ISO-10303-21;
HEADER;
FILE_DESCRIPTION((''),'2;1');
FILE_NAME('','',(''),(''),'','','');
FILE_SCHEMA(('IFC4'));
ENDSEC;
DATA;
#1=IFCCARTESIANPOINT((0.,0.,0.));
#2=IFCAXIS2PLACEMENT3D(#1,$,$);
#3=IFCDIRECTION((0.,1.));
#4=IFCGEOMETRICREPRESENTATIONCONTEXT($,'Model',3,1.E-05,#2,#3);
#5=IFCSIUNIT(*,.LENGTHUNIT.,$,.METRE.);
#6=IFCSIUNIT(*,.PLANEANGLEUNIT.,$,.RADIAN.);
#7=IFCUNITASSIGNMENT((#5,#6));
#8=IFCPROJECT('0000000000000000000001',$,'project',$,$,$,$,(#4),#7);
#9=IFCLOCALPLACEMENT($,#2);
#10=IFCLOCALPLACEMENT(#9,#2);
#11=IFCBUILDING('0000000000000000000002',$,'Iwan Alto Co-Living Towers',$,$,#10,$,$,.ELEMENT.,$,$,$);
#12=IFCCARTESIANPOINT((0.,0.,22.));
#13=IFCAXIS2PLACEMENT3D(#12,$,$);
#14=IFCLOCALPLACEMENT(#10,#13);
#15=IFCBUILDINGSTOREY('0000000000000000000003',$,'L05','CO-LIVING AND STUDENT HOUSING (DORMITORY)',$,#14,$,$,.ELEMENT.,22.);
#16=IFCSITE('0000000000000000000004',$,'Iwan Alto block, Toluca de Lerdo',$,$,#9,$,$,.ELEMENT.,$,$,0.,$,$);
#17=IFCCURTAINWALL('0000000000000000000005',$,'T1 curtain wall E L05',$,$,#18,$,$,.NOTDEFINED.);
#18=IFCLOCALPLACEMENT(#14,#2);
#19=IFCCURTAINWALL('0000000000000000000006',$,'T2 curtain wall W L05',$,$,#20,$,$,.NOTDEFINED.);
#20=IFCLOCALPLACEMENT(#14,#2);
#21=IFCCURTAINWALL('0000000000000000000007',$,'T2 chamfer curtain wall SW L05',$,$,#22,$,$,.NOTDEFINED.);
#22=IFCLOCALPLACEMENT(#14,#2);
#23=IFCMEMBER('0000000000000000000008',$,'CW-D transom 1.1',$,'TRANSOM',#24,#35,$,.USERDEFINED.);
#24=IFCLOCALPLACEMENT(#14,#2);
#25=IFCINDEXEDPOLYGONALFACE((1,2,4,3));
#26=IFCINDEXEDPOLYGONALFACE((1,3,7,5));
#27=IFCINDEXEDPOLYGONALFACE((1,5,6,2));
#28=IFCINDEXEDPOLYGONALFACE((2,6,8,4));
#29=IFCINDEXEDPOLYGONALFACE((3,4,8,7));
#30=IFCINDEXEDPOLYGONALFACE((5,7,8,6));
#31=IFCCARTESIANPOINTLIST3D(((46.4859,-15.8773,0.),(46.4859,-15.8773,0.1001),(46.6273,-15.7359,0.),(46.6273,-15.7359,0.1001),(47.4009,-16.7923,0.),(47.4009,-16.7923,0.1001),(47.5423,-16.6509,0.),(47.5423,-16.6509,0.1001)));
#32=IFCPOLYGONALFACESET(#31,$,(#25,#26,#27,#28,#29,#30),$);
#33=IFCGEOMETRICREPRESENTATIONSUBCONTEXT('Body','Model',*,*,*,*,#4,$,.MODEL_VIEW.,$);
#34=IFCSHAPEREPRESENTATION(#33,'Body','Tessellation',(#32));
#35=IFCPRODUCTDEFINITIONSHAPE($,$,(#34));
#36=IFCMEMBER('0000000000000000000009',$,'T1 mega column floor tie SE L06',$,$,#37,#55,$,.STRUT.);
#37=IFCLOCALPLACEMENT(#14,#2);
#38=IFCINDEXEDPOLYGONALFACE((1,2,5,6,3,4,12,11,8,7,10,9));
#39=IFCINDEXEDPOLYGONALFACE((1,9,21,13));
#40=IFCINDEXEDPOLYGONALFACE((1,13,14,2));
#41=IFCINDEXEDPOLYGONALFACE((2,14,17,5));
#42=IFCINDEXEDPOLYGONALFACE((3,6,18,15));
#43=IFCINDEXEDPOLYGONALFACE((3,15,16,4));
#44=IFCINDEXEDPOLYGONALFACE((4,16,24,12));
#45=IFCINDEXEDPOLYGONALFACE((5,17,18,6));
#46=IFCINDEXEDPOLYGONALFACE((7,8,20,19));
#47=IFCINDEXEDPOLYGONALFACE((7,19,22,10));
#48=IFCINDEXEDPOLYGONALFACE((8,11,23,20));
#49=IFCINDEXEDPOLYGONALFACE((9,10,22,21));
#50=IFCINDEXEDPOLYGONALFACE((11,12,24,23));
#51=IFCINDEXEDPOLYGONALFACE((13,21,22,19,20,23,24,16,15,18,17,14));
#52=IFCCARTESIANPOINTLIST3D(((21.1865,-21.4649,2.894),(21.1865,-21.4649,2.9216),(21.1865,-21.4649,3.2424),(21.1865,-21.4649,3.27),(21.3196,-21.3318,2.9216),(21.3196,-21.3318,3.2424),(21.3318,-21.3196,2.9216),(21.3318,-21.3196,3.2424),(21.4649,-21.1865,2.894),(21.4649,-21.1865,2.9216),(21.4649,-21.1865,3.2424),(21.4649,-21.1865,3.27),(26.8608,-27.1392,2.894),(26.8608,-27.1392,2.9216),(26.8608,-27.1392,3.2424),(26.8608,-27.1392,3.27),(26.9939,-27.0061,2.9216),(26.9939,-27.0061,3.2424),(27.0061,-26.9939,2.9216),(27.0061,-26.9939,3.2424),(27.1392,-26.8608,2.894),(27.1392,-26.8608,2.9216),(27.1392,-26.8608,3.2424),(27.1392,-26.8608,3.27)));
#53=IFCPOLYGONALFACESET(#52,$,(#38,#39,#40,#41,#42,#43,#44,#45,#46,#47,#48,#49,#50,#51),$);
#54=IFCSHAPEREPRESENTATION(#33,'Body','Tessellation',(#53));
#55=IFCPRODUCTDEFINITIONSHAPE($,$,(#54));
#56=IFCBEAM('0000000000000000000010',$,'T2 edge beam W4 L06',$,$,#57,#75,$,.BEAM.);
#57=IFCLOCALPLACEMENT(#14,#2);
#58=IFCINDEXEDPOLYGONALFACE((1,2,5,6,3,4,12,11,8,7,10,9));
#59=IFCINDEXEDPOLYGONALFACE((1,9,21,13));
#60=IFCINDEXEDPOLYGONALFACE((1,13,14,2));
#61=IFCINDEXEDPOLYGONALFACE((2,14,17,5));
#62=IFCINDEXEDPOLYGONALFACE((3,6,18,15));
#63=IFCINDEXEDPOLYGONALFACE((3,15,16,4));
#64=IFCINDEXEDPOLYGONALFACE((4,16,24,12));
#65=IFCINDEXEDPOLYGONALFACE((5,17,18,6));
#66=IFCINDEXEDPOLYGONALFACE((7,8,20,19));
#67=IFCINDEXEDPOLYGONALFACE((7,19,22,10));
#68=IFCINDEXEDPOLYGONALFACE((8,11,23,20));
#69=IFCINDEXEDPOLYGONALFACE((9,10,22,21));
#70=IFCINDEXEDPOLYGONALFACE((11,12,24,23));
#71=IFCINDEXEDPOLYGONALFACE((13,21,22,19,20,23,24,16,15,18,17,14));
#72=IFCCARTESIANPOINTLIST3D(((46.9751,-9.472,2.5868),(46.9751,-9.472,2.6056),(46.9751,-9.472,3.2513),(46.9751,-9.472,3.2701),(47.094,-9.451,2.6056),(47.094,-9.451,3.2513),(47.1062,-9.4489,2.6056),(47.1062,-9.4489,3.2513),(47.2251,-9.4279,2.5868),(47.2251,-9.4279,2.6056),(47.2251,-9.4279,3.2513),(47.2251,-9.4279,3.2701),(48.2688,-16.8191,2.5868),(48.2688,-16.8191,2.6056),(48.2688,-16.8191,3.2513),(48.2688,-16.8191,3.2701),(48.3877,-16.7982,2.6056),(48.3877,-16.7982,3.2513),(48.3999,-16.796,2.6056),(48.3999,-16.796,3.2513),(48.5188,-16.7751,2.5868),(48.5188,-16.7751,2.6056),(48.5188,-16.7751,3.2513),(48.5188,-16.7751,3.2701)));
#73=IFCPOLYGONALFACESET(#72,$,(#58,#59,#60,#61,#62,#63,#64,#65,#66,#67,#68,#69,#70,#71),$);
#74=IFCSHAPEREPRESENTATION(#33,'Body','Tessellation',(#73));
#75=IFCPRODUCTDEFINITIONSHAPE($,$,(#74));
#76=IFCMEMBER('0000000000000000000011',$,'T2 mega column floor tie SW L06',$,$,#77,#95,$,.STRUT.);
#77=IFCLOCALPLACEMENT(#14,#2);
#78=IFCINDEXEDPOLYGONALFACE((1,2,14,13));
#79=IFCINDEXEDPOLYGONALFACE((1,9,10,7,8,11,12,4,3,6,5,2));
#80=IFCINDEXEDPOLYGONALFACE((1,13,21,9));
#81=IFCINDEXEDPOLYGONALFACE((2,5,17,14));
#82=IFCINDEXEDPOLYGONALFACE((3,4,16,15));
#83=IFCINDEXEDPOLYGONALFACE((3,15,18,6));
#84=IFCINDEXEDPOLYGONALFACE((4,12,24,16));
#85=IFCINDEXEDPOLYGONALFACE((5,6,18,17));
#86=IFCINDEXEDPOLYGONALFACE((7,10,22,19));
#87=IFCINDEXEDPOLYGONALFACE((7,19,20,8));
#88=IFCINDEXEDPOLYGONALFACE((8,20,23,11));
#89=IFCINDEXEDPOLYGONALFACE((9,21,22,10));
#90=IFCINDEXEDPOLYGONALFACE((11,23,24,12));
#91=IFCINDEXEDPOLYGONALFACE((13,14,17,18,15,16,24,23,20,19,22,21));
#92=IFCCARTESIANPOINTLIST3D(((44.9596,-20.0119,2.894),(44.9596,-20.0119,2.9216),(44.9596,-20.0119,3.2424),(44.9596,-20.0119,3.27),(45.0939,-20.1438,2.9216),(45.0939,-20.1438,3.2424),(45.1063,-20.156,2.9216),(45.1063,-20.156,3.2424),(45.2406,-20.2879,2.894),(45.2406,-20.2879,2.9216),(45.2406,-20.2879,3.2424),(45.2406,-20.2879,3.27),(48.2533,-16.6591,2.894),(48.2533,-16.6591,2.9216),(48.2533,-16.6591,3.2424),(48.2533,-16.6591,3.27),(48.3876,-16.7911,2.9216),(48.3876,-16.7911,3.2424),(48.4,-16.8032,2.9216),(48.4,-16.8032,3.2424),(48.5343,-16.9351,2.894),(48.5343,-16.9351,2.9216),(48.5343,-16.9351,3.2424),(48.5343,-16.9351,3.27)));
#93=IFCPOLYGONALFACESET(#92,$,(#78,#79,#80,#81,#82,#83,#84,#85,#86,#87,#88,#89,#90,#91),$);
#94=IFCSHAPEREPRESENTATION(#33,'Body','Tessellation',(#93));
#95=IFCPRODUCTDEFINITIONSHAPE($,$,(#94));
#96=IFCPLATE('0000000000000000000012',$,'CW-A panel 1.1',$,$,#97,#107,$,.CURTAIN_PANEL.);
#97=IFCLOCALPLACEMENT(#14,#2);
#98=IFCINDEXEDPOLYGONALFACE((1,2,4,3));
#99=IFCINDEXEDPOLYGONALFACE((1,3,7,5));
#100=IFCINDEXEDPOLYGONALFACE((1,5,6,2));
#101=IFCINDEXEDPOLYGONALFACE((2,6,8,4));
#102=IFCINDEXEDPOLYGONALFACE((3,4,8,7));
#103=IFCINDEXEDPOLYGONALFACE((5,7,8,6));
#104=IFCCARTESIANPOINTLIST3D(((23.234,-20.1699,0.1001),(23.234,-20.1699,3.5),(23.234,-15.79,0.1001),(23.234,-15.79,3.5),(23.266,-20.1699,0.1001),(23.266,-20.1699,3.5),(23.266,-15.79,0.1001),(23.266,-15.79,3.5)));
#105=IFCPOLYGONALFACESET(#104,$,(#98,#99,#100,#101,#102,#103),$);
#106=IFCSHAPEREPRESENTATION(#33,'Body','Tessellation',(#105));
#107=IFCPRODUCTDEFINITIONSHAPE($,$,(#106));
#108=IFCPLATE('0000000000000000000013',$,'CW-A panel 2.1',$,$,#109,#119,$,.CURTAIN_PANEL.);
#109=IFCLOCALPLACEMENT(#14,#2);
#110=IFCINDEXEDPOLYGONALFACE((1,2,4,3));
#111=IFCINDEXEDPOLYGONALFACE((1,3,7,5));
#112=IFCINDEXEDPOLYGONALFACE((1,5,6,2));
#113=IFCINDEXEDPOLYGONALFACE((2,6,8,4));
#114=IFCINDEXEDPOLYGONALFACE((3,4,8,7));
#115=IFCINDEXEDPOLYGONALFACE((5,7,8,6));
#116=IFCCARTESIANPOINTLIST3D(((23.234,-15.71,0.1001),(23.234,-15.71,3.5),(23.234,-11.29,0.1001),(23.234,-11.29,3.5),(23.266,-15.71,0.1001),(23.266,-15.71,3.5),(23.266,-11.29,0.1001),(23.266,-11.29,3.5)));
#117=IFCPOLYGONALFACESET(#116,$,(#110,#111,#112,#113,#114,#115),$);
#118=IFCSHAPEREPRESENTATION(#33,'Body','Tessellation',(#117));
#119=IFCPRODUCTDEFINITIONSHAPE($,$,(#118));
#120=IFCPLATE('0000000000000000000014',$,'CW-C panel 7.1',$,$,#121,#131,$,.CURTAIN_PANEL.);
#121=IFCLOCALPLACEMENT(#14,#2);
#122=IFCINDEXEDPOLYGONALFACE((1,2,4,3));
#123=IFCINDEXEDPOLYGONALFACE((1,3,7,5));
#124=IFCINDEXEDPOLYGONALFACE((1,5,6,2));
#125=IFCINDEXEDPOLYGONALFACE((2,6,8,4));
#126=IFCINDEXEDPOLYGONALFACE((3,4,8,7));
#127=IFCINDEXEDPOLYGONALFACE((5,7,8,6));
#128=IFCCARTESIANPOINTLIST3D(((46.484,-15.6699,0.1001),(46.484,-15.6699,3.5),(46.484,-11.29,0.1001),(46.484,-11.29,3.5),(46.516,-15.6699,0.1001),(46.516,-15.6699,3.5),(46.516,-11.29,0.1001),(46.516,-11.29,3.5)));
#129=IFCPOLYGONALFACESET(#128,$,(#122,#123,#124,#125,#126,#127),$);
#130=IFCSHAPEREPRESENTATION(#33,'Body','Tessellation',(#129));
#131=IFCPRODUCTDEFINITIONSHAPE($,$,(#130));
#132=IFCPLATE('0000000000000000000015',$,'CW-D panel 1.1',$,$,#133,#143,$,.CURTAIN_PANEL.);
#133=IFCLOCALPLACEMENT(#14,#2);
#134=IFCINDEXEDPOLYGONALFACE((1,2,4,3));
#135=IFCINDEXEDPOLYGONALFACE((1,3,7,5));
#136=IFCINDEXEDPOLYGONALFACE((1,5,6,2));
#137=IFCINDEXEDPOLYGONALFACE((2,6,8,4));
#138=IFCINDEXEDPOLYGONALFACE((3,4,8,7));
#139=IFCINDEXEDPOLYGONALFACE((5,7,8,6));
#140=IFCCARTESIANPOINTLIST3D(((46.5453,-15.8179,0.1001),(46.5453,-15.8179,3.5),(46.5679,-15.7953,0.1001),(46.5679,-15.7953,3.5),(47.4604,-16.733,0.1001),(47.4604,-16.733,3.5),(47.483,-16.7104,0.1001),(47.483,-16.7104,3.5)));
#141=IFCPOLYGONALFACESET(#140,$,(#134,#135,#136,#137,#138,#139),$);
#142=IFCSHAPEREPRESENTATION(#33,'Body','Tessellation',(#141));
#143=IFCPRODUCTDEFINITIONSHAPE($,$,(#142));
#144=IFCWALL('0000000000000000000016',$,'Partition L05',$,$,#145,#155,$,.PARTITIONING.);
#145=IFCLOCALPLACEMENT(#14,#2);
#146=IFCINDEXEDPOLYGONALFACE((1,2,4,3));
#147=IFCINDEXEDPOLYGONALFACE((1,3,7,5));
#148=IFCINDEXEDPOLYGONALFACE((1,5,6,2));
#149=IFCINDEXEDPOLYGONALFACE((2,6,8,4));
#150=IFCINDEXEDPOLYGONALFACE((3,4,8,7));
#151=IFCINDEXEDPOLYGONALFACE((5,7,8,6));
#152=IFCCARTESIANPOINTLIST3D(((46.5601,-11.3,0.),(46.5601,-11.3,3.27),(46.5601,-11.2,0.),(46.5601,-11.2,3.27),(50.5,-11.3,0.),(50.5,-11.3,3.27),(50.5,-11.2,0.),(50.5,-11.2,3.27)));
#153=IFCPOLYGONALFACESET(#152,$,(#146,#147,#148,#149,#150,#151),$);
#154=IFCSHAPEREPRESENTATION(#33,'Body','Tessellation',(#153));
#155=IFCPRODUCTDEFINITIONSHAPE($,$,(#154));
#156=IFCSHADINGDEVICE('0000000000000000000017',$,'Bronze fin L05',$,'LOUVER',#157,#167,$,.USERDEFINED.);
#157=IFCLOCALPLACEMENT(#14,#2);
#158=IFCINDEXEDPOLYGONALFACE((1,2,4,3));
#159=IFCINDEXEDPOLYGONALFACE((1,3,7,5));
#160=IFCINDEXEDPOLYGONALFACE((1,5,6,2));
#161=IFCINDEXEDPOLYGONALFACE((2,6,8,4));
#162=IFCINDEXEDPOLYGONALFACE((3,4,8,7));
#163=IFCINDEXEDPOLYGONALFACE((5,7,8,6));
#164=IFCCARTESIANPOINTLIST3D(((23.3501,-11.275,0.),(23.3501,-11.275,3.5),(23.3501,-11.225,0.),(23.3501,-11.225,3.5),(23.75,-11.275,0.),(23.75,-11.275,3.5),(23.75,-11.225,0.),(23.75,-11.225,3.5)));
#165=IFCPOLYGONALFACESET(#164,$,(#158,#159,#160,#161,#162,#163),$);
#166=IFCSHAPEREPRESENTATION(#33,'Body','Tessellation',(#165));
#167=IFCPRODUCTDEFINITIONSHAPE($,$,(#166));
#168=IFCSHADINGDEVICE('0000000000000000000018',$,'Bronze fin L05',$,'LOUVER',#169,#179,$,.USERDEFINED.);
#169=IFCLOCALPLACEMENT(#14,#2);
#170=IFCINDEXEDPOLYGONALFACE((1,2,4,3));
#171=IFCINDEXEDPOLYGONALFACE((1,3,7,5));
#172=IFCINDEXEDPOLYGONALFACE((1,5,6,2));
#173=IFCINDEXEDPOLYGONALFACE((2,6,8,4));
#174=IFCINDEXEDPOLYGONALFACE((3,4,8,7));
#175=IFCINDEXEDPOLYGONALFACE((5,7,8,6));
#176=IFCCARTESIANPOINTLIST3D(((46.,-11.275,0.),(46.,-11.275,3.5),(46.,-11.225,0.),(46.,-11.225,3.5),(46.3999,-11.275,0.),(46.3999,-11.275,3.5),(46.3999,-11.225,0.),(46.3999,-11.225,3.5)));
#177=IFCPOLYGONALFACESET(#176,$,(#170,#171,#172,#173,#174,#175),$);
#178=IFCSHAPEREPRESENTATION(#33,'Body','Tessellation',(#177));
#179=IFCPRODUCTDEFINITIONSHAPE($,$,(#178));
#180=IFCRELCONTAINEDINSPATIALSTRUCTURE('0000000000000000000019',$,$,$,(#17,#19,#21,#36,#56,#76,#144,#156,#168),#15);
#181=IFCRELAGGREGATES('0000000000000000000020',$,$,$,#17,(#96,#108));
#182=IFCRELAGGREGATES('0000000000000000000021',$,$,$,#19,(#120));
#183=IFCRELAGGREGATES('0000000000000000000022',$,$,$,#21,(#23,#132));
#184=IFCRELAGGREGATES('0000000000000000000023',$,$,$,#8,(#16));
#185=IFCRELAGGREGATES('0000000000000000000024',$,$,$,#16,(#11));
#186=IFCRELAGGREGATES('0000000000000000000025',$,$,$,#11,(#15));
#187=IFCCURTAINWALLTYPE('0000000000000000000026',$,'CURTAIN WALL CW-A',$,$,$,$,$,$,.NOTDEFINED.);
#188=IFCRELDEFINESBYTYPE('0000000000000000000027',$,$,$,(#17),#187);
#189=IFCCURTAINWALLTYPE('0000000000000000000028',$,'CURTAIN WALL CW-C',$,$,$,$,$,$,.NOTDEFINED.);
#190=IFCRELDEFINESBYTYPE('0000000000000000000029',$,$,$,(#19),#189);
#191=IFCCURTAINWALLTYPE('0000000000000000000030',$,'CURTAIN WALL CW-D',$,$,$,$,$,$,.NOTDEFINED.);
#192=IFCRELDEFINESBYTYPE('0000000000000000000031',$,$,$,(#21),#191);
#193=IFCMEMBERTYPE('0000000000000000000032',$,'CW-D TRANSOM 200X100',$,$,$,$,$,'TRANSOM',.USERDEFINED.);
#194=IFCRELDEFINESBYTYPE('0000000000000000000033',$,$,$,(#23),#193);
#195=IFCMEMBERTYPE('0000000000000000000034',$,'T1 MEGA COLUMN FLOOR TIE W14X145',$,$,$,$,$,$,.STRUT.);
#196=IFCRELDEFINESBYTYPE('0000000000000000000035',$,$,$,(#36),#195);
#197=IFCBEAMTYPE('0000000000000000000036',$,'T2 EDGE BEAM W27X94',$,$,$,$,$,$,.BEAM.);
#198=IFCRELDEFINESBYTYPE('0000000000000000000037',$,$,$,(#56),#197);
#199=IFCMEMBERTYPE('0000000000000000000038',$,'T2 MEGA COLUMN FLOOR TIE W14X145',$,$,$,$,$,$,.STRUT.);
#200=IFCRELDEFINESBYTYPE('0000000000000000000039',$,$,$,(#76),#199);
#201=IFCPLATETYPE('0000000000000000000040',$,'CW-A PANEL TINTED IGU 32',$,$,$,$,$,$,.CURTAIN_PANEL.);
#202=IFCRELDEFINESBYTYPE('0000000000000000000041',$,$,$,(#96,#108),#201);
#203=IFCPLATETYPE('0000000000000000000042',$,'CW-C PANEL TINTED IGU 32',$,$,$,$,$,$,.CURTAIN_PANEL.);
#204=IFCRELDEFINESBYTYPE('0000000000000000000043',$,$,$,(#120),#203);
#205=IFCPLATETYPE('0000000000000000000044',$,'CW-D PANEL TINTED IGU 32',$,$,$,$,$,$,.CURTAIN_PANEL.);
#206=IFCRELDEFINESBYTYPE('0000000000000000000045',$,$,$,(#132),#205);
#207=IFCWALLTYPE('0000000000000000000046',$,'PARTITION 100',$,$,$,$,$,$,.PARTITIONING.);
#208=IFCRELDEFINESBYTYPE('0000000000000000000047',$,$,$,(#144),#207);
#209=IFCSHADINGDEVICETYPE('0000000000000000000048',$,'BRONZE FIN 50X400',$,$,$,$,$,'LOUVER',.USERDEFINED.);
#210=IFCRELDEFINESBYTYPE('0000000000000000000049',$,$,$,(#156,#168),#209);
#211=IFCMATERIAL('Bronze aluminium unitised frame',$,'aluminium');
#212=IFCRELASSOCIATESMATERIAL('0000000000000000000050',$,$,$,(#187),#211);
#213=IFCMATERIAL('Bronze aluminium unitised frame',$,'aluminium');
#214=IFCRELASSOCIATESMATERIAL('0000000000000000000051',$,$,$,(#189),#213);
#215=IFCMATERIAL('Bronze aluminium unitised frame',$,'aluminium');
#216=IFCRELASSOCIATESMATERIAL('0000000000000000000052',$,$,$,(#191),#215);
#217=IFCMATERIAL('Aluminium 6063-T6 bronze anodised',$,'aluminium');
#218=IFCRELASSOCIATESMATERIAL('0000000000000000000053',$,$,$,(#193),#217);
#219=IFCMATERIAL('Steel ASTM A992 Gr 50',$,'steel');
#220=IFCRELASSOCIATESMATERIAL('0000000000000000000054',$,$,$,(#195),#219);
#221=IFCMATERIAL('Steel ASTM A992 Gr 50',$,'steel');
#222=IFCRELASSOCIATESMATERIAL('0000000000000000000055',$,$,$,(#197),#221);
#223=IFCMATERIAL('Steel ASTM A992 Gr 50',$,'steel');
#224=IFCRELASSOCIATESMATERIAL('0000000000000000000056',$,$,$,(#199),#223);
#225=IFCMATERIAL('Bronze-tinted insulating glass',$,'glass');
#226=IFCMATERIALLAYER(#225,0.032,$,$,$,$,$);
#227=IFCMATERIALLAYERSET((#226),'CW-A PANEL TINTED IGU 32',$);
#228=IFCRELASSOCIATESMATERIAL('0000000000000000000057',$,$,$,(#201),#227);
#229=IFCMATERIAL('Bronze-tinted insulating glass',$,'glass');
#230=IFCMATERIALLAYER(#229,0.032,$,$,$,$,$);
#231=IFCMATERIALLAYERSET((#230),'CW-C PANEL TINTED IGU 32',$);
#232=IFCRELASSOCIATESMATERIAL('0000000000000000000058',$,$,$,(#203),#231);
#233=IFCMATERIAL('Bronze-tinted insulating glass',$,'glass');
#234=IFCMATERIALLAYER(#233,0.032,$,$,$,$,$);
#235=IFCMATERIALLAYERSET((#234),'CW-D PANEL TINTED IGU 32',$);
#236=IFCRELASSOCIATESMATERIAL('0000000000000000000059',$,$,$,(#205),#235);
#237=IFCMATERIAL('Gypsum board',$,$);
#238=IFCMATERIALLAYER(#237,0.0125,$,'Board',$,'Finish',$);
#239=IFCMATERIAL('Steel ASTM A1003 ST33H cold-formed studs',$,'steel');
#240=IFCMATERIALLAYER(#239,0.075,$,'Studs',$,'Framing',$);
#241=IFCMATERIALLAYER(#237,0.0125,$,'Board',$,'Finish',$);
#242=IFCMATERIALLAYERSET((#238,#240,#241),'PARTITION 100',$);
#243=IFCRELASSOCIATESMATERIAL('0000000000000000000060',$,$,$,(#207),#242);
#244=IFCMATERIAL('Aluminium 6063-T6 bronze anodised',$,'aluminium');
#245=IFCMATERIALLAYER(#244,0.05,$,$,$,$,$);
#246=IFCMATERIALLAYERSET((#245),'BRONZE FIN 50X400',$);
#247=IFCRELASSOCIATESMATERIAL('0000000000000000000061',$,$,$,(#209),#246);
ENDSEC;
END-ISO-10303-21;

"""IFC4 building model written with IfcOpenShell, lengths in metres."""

from ifc_helpers import new_model, si_unit, direction, frame, frame_2d, origin, origin_2d, place, context, subcontext, project, spatial, rectangle, i_section, extrude, material, layer, layer_set, material_profile, profile_set, type_object, element, aggregate, save


model = new_model("IFC4")

# Units and contexts
model_context = context("Model", 3, precision=1e-05, world=origin(), true_north=direction((0.0, 1.0)))
body_context = subcontext(model_context, "Body", "Model", "MODEL_VIEW")
ifc_project = project(units=[si_unit("LENGTHUNIT", "METRE"), si_unit("PLANEANGLEUNIT", "RADIAN")], contexts=[model_context])

# Site, building, storey
site_placement = place(None, origin())
site = spatial("IfcSite", under=ifc_project, at=site_placement, Name="Iwan Alto block, Toluca de Lerdo", CompositionType="ELEMENT", RefElevation=0.0)
building_placement = place(site_placement, origin())
building = spatial("IfcBuilding", under=site, at=building_placement, Name="Iwan Alto Co-Living Towers", CompositionType="ELEMENT")
storey_placement = place(building_placement, frame((0.0, 0.0, 22.0)))
storey = spatial("IfcBuildingStorey", under=building, at=storey_placement, Name="L05", Description="CO-LIVING AND STUDENT HOUSING (DORMITORY)", CompositionType="ELEMENT", Elevation=22.0)

# Curtain walls, member
ifc_material_1 = material(Name="Bronze aluminium unitised frame", Category="aluminium")
curtain_wall_type_1 = type_object("IfcCurtainWallType", Name="CURTAIN WALL CW-A", PredefinedType="NOTDEFINED", material=ifc_material_1)
curtain_wall_1_placement = place(storey_placement, origin())
curtain_wall_1 = element("IfcCurtainWall", 1, at=curtain_wall_1_placement, inside=storey, type_object=curtain_wall_type_1, Name="T1 curtain wall E L05", PredefinedType="NOTDEFINED")
ifc_material_2 = material(Name="Bronze aluminium unitised frame", Category="aluminium")
curtain_wall_type_2 = type_object("IfcCurtainWallType", Name="CURTAIN WALL CW-C", PredefinedType="NOTDEFINED", material=ifc_material_2)
curtain_wall_2_placement = place(storey_placement, origin())
curtain_wall_2 = element("IfcCurtainWall", 2, at=curtain_wall_2_placement, inside=storey, type_object=curtain_wall_type_2, Name="T2 curtain wall W L05", PredefinedType="NOTDEFINED")
ifc_material_3 = material(Name="Bronze aluminium unitised frame", Category="aluminium")
curtain_wall_type_3 = type_object("IfcCurtainWallType", Name="CURTAIN WALL CW-D", PredefinedType="NOTDEFINED", material=ifc_material_3)
curtain_wall_3_placement = place(storey_placement, origin())
curtain_wall_3 = element("IfcCurtainWall", 3, at=curtain_wall_3_placement, inside=storey, type_object=curtain_wall_type_3, Name="T2 chamfer curtain wall SW L05", PredefinedType="NOTDEFINED")
ifc_material_4 = material(Name="Aluminium 6063-T6 bronze anodised", Category="aluminium")
ifc_material_profile_1 = material_profile(ifc_material_4, rectangle(XDim=0.2, YDim=0.1001, at=origin_2d()), Name="AL 200X100")
ifc_profile_set_1 = profile_set([ifc_material_profile_1], Name="Aluminium 6063-T6 bronze anodised")
member_type_1 = type_object("IfcMemberType", Name="CW-D TRANSOM 200X100", ElementType="TRANSOM", PredefinedType="USERDEFINED", material=ifc_profile_set_1)
member_1_placement = place(storey_placement, frame((46.5566, -15.8066, 0.05), z_axis=(0.707107, -0.707107, 0.0), x_axis=(0.707107, 0.707107, 0.0)))
member_1 = element("IfcMember", 4, at=member_1_placement, type_object=member_type_1, Name="CW-D transom 1.1", ObjectType="TRANSOM", PredefinedType="USERDEFINED", context=body_context, shape_type="SweptSolid", body=[
    extrude(rectangle(XDim=0.2, YDim=0.1001, at=origin_2d()), origin(), (0.0, 0.0, 1.0), 1.2939),
])

# Member
ifc_material_5 = material(Name="Steel ASTM A992 Gr 50", Category="steel")
ifc_material_profile_2 = material_profile(ifc_material_5, i_section(OverallWidth=0.3938, OverallDepth=0.376, WebThickness=0.0173, FlangeThickness=0.0276, at=origin_2d()), Name="W14X145")
ifc_profile_set_2 = profile_set([ifc_material_profile_2], Name="Steel ASTM A992 Gr 50")
member_type_2 = type_object("IfcMemberType", Name="T1 MEGA COLUMN FLOOR TIE W14X145", PredefinedType="STRUT", material=ifc_profile_set_2)
member_2_placement = place(storey_placement, frame((27.0, -27.0, 3.082), z_axis=(-0.707107, 0.707107, 0.0), x_axis=(-0.707107, -0.707107, 0.0)))
element("IfcMember", 5, at=member_2_placement, inside=storey, type_object=member_type_2, Name="T1 mega column floor tie SE L06", PredefinedType="STRUT", context=body_context, shape_type="SweptSolid", body=[
    extrude(i_section(OverallWidth=0.3938, OverallDepth=0.376, WebThickness=0.0173, FlangeThickness=0.0276, at=origin_2d()), origin(), (0.0, 0.0, 1.0), 8.0247),
])

# Beam
ifc_material_6 = material(Name="Steel ASTM A992 Gr 50", Category="steel")
ifc_material_profile_3 = material_profile(ifc_material_6, i_section(OverallWidth=0.2539, OverallDepth=0.6833, WebThickness=0.0125, FlangeThickness=0.0188, at=origin_2d()), Name="W27X94")
ifc_profile_set_3 = profile_set([ifc_material_profile_3], Name="Steel ASTM A992 Gr 50")
beam_type = type_object("IfcBeamType", Name="T2 EDGE BEAM W27X94", PredefinedType="BEAM", material=ifc_profile_set_3)
beam_placement = place(storey_placement, frame((47.1001, -9.45, 2.9285), z_axis=(0.173414, -0.984849, 0.0), x_axis=(0.984849, 0.173414, 0.0)))
element("IfcBeam", 6, at=beam_placement, inside=storey, type_object=beam_type, Name="T2 edge beam W4 L06", PredefinedType="BEAM", context=body_context, shape_type="SweptSolid", body=[
    extrude(i_section(OverallWidth=0.2539, OverallDepth=0.6833, WebThickness=0.0125, FlangeThickness=0.0188, at=origin_2d()), origin(), (0.0, 0.0, 1.0), 7.4602),
])

# Member
ifc_material_7 = material(Name="Steel ASTM A992 Gr 50", Category="steel")
ifc_material_profile_4 = material_profile(ifc_material_7, i_section(OverallWidth=0.3938, OverallDepth=0.376, WebThickness=0.0173, FlangeThickness=0.0276, at=origin_2d()), Name="W14X145")
ifc_profile_set_4 = profile_set([ifc_material_profile_4], Name="Steel ASTM A992 Gr 50")
member_type_3 = type_object("IfcMemberType", Name="T2 MEGA COLUMN FLOOR TIE W14X145", PredefinedType="STRUT", material=ifc_profile_set_4)
member_3_placement = place(storey_placement, frame((45.1001, -20.1499, 3.082), z_axis=(0.700793, 0.713364, 0.0), x_axis=(-0.713364, 0.700793, 0.0)))
element("IfcMember", 7, at=member_3_placement, inside=storey, type_object=member_type_3, Name="T2 mega column floor tie SW L06", PredefinedType="STRUT", context=body_context, shape_type="SweptSolid", body=[
    extrude(i_section(OverallWidth=0.3938, OverallDepth=0.376, WebThickness=0.0173, FlangeThickness=0.0276, at=origin_2d()), origin(), (0.0, 0.0, 1.0), 4.7),
])

# Plates
ifc_material_8 = material(Name="Bronze-tinted insulating glass", Category="glass")
ifc_layer_1 = layer(ifc_material_8, 0.032)
ifc_layer_set_1 = layer_set([ifc_layer_1], Name="CW-A PANEL TINTED IGU 32")
plate_type_1 = type_object("IfcPlateType", Name="CW-A PANEL TINTED IGU 32", PredefinedType="CURTAIN_PANEL", material=ifc_layer_set_1)
plate_1_placement = place(storey_placement, frame((23.25, -17.98, 0.1001), z_axis=(0.0, 0.0, 1.0), x_axis=(0.0, 1.0, 0.0)))
plate_1 = element("IfcPlate", 8, at=plate_1_placement, type_object=plate_type_1, Name="CW-A panel 1.1", PredefinedType="CURTAIN_PANEL", context=body_context, shape_type="SweptSolid", body=[
    extrude(rectangle(XDim=4.3799, YDim=0.032, at=origin_2d()), origin(), (0.0, 0.0, 1.0), 3.3999),
])
plate_2_placement = place(storey_placement, frame((23.25, -13.5, 0.1001), z_axis=(0.0, 0.0, 1.0), x_axis=(0.0, 1.0, 0.0)))
plate_2 = element("IfcPlate", 9, at=plate_2_placement, type_object=plate_type_1, Name="CW-A panel 2.1", PredefinedType="CURTAIN_PANEL", context=body_context, shape_type="SweptSolid", body=[
    extrude(rectangle(XDim=4.4199, YDim=0.032, at=origin_2d()), origin(), (0.0, 0.0, 1.0), 3.3999),
])
aggregate(curtain_wall_1, [plate_1, plate_2])
ifc_material_9 = material(Name="Bronze-tinted insulating glass", Category="glass")
ifc_layer_2 = layer(ifc_material_9, 0.032)
ifc_layer_set_2 = layer_set([ifc_layer_2], Name="CW-C PANEL TINTED IGU 32")
plate_type_2 = type_object("IfcPlateType", Name="CW-C PANEL TINTED IGU 32", PredefinedType="CURTAIN_PANEL", material=ifc_layer_set_2)
plate_3_placement = place(storey_placement, frame((46.5, -13.48, 0.1001), z_axis=(0.0, 0.0, 1.0), x_axis=(0.0, -1.0, 0.0)))
plate_3 = element("IfcPlate", 10, at=plate_3_placement, type_object=plate_type_2, Name="CW-C panel 7.1", PredefinedType="CURTAIN_PANEL", context=body_context, shape_type="SweptSolid", body=[
    extrude(rectangle(XDim=4.3799, YDim=0.032, at=origin_2d()), origin(), (0.0, 0.0, 1.0), 3.3999),
])
aggregate(curtain_wall_2, [plate_3])
ifc_material_10 = material(Name="Bronze-tinted insulating glass", Category="glass")
ifc_layer_3 = layer(ifc_material_10, 0.032)
ifc_layer_set_3 = layer_set([ifc_layer_3], Name="CW-D PANEL TINTED IGU 32")
plate_type_3 = type_object("IfcPlateType", Name="CW-D PANEL TINTED IGU 32", PredefinedType="CURTAIN_PANEL", material=ifc_layer_set_3)
plate_4_placement = place(storey_placement, frame((47.0142, -16.2642, 0.1001), z_axis=(0.0, 0.0, 1.0), x_axis=(0.707107, -0.707107, 0.0)))
plate_4 = element("IfcPlate", 11, at=plate_4_placement, type_object=plate_type_3, Name="CW-D panel 1.1", PredefinedType="CURTAIN_PANEL", context=body_context, shape_type="SweptSolid", body=[
    extrude(rectangle(XDim=1.2942, YDim=0.032, at=origin_2d()), origin(), (0.0, 0.0, 1.0), 3.3999),
])
aggregate(curtain_wall_3, [member_1, plate_4])

# Wall
ifc_material_11 = material(Name="Gypsum board")
ifc_layer_4 = layer(ifc_material_11, 0.0125, Name="Board", Category="Finish")
ifc_material_12 = material(Name="Steel ASTM A1003 ST33H cold-formed studs", Category="steel")
ifc_layer_5 = layer(ifc_material_12, 0.075, Name="Studs", Category="Framing")
ifc_layer_6 = layer(ifc_material_11, 0.0125, Name="Board", Category="Finish")
ifc_layer_set_4 = layer_set([ifc_layer_4, ifc_layer_5, ifc_layer_6], Name="PARTITION 100")
wall_type = type_object("IfcWallType", Name="PARTITION 100", PredefinedType="PARTITIONING", material=ifc_layer_set_4)
wall_placement = place(storey_placement, frame((46.5601, -11.25, 0.0), z_axis=(0.0, 0.0, 1.0), x_axis=(1.0, 0.0, 0.0)))
element("IfcWall", 12, at=wall_placement, inside=storey, type_object=wall_type, Name="Partition L05", PredefinedType="PARTITIONING", context=body_context, shape_type="SweptSolid", body=[
    extrude(rectangle(XDim=3.9399, YDim=0.1001, at=frame_2d((1.97, 0.0))), origin(), (0.0, 0.0, 1.0), 3.27),
])

# Shading devices
ifc_material_13 = material(Name="Aluminium 6063-T6 bronze anodised", Category="aluminium")
ifc_layer_7 = layer(ifc_material_13, 0.05)
ifc_layer_set_5 = layer_set([ifc_layer_7], Name="BRONZE FIN 50X400")
shading_device_type = type_object("IfcShadingDeviceType", Name="BRONZE FIN 50X400", ElementType="LOUVER", PredefinedType="USERDEFINED", material=ifc_layer_set_5)
for number, where, z_axis, x_axis, name in (
    (13, (23.55, -11.25, 0.0), (0.0, 0.0, 1.0), (0.0, 1.0, 0.0), "Bronze fin L05"),
    (14, (46.2, -11.25, 0.0), (0.0, 0.0, 1.0), (0.0, -1.0, 0.0), "Bronze fin L05"),
):
    element("IfcShadingDevice", number, at=place(storey_placement, frame(where, z_axis=z_axis, x_axis=x_axis)), inside=storey, type_object=shading_device_type, Name=name, ObjectType="LOUVER", PredefinedType="USERDEFINED", context=body_context, shape_type="SweptSolid", body=[
        extrude(rectangle(XDim=0.05, YDim=0.3999, at=origin_2d()), origin(), (0.0, 0.0, 1.0), 3.5),
    ])

save(model, "model.ifc")
